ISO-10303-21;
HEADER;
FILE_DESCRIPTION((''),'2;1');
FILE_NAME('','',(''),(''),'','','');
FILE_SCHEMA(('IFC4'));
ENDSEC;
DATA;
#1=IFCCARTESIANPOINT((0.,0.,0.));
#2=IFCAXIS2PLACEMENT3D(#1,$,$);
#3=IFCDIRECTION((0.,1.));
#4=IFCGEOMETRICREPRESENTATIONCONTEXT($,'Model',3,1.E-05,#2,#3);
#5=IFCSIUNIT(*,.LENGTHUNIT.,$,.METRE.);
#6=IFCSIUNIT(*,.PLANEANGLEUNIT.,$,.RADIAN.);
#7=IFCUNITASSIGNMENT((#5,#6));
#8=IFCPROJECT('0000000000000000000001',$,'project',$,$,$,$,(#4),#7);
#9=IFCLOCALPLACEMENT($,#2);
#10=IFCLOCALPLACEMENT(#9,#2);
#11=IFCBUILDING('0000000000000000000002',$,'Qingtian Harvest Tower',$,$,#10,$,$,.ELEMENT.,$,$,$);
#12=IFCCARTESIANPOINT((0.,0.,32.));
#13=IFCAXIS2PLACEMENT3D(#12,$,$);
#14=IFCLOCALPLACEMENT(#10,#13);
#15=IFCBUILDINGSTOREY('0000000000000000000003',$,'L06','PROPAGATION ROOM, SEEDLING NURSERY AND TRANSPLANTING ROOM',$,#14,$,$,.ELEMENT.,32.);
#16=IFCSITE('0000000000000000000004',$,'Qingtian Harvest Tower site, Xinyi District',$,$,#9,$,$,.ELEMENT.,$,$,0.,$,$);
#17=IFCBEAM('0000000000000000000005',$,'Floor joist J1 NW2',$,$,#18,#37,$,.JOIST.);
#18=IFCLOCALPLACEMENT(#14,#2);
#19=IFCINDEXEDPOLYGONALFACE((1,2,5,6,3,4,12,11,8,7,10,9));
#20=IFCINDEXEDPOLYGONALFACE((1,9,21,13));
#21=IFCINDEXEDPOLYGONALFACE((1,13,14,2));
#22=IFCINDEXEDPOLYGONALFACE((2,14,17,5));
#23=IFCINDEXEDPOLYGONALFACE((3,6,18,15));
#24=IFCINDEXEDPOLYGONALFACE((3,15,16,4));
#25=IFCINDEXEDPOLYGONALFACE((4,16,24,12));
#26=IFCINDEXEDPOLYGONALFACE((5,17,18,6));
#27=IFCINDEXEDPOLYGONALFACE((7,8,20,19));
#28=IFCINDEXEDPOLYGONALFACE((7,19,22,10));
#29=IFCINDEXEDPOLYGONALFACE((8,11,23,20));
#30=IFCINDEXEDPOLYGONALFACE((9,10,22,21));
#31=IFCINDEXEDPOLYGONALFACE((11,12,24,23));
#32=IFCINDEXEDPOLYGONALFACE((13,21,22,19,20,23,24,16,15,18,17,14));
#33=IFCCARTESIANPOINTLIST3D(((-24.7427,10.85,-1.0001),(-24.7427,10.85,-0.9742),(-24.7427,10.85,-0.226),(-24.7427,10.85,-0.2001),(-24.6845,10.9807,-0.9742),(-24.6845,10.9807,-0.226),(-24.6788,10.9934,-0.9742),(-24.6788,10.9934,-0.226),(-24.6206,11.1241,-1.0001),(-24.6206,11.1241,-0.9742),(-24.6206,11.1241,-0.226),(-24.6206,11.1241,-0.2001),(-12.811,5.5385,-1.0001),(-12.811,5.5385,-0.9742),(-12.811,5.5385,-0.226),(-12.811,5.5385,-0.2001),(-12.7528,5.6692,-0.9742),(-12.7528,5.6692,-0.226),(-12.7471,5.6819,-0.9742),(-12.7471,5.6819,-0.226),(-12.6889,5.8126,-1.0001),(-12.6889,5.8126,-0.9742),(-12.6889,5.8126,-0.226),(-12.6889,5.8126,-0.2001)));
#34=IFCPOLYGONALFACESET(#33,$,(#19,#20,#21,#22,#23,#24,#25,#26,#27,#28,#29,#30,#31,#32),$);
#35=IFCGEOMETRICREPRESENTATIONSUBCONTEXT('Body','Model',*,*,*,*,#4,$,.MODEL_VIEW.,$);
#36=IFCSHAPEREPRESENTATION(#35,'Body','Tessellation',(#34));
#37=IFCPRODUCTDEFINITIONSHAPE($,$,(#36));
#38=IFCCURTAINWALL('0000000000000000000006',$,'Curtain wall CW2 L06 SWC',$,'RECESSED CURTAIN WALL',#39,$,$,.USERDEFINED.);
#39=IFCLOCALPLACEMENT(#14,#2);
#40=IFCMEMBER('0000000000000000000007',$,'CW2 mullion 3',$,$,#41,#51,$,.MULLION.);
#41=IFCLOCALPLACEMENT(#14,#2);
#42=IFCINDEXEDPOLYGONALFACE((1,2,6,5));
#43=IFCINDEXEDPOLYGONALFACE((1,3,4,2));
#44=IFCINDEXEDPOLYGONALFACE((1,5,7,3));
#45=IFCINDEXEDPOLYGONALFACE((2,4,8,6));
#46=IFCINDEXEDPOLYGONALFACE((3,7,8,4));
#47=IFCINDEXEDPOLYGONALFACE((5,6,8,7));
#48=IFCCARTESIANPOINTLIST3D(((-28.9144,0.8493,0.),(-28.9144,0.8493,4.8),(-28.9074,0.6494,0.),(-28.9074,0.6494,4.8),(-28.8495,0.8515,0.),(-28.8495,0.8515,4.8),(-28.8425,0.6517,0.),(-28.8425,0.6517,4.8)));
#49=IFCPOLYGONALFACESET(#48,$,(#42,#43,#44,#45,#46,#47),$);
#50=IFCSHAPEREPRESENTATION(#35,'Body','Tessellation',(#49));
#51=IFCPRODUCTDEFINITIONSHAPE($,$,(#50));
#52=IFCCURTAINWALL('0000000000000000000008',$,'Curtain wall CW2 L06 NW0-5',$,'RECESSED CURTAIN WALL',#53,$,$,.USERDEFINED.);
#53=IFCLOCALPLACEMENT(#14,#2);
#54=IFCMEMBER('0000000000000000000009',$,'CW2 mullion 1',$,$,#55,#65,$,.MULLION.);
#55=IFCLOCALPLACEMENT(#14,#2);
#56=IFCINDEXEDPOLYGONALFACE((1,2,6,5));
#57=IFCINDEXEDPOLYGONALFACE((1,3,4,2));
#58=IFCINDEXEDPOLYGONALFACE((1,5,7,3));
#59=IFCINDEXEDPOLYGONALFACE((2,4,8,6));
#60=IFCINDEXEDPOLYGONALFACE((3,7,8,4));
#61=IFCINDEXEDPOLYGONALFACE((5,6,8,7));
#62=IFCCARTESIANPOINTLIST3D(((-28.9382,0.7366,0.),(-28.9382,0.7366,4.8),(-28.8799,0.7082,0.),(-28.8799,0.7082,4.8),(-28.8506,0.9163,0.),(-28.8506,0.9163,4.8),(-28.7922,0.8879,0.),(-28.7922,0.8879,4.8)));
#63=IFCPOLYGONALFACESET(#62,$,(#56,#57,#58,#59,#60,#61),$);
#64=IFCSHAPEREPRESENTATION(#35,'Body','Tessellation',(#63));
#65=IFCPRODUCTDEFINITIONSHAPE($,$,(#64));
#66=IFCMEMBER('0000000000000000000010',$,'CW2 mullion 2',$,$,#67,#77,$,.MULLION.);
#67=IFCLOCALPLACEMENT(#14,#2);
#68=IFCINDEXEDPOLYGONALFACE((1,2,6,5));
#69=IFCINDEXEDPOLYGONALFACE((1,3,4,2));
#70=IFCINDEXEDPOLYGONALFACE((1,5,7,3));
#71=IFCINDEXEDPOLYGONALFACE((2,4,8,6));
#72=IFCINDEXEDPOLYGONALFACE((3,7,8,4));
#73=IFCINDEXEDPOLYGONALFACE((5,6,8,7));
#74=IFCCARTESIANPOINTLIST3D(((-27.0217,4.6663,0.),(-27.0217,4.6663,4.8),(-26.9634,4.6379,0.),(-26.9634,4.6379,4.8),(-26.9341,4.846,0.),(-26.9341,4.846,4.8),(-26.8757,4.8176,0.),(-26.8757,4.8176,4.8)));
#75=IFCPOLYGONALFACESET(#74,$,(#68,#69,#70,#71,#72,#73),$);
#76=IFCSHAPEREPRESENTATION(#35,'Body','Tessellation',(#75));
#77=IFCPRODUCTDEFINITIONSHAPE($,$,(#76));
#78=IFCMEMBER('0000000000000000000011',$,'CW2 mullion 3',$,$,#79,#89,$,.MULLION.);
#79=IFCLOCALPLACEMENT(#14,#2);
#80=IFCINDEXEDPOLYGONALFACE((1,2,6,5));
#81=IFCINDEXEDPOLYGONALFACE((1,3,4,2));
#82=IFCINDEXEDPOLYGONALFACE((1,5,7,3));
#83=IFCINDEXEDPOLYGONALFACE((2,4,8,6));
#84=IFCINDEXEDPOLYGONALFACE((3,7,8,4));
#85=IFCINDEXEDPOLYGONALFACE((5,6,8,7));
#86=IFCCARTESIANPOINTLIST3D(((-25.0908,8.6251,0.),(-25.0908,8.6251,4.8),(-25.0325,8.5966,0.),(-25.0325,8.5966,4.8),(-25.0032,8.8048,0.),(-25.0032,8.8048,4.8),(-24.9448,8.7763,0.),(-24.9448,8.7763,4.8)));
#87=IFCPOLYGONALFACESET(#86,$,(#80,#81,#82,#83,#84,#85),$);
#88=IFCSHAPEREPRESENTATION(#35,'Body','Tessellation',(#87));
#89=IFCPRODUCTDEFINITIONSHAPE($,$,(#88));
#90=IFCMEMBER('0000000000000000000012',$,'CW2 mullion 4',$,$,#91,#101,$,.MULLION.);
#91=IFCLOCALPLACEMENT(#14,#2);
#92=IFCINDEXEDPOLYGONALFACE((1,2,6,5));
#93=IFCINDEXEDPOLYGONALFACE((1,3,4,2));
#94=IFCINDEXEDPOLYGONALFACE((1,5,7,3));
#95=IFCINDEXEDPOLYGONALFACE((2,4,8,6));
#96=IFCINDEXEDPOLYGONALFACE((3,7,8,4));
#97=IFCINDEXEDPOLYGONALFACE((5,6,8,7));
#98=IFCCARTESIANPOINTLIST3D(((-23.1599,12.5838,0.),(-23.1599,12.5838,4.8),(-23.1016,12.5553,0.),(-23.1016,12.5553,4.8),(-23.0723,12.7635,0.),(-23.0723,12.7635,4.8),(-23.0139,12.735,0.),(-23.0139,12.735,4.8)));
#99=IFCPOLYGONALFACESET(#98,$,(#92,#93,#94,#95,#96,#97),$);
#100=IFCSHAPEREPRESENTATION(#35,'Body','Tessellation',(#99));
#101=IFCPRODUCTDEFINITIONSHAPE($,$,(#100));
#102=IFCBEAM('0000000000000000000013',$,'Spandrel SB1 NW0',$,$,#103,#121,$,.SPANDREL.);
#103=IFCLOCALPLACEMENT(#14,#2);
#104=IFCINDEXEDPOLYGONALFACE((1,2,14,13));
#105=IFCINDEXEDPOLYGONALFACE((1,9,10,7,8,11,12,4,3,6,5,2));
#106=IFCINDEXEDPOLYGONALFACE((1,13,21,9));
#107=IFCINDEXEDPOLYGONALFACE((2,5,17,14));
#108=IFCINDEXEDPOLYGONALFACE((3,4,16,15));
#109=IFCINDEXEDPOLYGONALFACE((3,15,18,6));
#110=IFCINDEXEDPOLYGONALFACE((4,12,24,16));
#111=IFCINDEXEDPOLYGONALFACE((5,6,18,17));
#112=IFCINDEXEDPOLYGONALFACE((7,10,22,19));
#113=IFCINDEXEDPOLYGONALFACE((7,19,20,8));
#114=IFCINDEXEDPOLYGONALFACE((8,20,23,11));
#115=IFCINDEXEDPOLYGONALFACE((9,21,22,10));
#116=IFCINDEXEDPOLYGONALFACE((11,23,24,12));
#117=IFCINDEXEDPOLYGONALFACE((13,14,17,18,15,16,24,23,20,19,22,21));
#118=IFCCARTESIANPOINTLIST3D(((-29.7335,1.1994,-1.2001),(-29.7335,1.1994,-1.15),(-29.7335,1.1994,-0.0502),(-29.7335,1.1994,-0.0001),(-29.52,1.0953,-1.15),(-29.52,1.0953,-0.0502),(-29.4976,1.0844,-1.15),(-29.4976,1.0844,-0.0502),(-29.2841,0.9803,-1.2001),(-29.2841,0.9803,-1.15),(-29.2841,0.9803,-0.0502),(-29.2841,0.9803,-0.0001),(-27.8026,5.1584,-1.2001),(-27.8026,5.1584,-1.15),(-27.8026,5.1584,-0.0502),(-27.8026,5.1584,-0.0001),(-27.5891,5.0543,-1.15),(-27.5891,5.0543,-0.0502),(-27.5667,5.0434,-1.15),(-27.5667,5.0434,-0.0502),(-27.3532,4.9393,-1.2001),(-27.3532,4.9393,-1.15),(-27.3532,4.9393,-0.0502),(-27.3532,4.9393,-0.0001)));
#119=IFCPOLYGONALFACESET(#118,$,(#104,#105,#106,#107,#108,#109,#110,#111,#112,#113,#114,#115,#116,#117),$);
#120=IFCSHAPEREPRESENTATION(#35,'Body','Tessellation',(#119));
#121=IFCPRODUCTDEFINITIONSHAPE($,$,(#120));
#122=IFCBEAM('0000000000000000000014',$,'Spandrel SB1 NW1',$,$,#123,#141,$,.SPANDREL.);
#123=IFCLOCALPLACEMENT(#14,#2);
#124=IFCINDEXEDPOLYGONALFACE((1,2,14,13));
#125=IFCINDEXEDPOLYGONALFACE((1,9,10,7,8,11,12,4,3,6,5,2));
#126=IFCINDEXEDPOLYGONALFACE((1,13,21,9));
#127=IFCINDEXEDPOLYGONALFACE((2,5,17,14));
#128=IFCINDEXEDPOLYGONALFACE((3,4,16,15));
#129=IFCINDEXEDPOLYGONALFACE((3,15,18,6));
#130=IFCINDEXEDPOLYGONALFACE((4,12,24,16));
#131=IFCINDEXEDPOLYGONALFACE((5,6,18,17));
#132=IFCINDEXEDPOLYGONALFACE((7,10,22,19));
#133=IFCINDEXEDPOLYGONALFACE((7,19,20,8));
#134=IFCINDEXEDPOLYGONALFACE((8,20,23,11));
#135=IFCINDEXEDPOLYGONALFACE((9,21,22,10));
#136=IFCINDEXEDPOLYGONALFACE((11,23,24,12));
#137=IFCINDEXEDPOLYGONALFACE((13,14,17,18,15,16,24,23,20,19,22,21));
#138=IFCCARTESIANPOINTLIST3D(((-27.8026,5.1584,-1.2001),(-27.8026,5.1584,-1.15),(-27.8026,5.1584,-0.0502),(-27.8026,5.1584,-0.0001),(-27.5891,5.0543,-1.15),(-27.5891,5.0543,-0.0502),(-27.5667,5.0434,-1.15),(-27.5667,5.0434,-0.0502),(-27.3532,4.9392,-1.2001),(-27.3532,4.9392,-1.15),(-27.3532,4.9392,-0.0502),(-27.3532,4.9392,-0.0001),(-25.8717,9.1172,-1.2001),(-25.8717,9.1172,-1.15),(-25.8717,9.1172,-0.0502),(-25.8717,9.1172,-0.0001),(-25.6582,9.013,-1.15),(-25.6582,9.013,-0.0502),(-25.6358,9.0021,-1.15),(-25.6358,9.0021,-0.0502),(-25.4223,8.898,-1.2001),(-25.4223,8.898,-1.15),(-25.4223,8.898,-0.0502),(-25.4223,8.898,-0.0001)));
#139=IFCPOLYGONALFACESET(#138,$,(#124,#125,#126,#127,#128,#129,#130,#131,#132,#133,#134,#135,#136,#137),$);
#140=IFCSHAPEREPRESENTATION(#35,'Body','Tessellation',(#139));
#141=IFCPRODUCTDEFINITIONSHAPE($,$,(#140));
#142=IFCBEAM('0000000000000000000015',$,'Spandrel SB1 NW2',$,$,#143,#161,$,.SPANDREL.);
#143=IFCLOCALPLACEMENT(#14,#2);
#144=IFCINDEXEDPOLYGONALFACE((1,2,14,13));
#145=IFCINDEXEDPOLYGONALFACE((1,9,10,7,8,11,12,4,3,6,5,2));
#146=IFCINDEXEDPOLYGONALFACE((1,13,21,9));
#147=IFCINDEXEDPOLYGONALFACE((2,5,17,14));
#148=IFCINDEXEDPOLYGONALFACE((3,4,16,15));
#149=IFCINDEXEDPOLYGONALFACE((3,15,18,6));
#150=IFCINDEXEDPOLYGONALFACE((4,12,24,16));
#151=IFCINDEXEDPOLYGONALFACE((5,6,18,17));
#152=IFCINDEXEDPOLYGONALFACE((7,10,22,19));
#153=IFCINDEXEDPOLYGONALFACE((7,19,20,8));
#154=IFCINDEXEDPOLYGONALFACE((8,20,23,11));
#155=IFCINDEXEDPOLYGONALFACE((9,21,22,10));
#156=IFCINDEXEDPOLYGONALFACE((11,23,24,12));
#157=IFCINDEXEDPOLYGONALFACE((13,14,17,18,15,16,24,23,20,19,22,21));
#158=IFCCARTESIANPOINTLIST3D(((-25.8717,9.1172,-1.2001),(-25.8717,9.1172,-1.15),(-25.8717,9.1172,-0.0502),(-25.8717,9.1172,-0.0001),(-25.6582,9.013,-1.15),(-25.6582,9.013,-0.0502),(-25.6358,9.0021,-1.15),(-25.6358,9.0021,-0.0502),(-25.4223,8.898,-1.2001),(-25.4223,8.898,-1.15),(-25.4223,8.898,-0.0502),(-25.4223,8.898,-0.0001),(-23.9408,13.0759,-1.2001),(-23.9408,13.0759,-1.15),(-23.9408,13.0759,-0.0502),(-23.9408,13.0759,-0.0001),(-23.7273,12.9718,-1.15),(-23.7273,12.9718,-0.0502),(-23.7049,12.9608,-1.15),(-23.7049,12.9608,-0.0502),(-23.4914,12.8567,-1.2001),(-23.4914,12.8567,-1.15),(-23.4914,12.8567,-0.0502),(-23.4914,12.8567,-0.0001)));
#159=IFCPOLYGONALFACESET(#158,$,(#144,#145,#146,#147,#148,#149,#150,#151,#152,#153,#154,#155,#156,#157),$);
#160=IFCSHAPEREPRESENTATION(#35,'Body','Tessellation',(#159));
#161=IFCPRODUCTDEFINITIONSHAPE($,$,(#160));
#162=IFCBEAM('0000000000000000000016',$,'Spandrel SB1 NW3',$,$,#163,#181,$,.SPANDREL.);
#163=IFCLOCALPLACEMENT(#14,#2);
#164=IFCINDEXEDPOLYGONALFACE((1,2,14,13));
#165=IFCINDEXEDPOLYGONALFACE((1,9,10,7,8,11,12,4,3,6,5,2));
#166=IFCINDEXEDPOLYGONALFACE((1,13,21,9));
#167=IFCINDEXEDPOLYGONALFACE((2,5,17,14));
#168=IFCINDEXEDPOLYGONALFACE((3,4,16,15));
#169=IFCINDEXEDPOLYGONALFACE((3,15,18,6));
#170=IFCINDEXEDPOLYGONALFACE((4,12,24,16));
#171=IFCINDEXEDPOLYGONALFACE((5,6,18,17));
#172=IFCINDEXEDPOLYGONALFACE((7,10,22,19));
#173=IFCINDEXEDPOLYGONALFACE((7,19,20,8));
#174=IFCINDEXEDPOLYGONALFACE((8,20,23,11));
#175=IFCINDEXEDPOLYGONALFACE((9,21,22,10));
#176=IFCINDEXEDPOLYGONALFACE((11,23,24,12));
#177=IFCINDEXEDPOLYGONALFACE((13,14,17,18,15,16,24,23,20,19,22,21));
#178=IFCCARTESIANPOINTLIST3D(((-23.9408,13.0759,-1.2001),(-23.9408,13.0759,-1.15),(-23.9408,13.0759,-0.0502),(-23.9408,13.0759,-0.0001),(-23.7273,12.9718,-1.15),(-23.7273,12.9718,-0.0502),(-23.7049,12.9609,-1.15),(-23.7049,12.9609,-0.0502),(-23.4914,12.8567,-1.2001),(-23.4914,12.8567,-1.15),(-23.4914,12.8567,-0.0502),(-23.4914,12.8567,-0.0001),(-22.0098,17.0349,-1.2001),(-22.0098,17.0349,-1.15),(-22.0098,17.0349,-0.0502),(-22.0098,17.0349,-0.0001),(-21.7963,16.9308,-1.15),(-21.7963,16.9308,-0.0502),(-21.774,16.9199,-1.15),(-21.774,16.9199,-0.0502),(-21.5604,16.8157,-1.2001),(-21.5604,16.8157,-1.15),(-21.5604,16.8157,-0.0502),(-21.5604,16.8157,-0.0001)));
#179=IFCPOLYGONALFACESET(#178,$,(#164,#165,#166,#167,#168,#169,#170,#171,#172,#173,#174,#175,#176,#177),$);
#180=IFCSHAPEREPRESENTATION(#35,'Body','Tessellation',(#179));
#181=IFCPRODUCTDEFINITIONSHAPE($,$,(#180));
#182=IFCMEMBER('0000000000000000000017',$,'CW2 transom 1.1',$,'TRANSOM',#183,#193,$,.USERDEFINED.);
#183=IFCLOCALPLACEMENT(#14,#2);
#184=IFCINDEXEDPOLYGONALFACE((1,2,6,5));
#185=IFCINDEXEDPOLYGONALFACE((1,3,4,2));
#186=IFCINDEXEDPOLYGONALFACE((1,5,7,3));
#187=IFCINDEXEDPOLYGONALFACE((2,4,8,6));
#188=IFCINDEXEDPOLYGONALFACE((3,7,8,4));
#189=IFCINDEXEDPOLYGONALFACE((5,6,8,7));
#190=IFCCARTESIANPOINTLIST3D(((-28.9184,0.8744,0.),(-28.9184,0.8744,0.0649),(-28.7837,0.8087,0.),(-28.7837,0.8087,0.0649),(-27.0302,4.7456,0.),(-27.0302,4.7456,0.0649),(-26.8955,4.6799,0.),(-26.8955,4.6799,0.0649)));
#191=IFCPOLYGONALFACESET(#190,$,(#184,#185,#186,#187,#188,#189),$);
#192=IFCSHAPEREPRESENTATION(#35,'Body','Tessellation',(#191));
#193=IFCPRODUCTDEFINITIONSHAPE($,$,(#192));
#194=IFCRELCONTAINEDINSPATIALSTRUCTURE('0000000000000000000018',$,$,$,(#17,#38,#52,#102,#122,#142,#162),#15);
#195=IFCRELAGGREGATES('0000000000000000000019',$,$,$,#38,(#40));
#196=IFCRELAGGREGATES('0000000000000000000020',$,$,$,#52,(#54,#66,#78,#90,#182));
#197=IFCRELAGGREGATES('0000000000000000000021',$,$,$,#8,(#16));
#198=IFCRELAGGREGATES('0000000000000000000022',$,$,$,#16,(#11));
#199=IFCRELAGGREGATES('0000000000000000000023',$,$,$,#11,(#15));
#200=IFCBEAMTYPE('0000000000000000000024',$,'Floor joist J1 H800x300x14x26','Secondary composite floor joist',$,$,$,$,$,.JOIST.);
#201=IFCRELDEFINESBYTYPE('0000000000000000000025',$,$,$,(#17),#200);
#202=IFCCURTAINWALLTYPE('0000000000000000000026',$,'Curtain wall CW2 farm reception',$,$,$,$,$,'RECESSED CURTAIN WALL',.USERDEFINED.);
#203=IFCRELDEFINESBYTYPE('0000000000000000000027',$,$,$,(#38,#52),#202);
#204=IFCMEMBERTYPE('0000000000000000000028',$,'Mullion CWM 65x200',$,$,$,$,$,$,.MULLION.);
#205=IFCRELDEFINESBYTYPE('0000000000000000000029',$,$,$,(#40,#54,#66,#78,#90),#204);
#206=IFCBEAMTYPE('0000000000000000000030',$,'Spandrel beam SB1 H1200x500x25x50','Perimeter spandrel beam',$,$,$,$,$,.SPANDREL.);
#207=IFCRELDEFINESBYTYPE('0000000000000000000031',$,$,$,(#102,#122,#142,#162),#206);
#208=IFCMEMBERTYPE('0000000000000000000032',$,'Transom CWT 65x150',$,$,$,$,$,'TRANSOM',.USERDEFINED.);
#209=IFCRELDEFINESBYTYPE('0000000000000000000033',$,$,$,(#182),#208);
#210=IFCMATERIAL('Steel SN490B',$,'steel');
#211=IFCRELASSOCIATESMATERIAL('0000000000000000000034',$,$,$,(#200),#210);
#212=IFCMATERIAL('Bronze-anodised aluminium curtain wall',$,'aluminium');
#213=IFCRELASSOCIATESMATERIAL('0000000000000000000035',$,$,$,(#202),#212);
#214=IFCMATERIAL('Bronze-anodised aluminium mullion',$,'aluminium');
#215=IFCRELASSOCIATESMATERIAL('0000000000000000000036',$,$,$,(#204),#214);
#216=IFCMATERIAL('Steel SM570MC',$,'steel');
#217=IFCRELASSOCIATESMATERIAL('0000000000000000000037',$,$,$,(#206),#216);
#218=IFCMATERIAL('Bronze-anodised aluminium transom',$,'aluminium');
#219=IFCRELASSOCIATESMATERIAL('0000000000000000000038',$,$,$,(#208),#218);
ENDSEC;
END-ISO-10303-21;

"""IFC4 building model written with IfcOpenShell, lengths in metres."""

from ifc_helpers import new_model, si_unit, direction, frame, origin, origin_2d, place, context, subcontext, project, spatial, rectangle, i_section, extrude, material, material_profile, profile_set, type_object, element, aggregate, save


model = new_model("IFC4")

# Units and contexts
model_context = context("Model", 3, precision=1e-05, world=origin(), true_north=direction((0.0, 1.0)))
body_context = subcontext(model_context, "Body", "Model", "MODEL_VIEW")
ifc_project = project(units=[si_unit("LENGTHUNIT", "METRE"), si_unit("PLANEANGLEUNIT", "RADIAN")], contexts=[model_context])

# Site, building, storey
site_placement = place(None, origin())
site = spatial("IfcSite", under=ifc_project, at=site_placement, Name="Qingtian Harvest Tower site, Xinyi District", CompositionType="ELEMENT", RefElevation=0.0)
building_placement = place(site_placement, origin())
building = spatial("IfcBuilding", under=site, at=building_placement, Name="Qingtian Harvest Tower", CompositionType="ELEMENT")
storey_placement = place(building_placement, frame((0.0, 0.0, 32.0)))
storey = spatial("IfcBuildingStorey", under=building, at=storey_placement, Name="L06", Description="PROPAGATION ROOM, SEEDLING NURSERY AND TRANSPLANTING ROOM", CompositionType="ELEMENT", Elevation=32.0)

# Beam
ifc_material_1 = material(Name="Steel SN490B", Category="steel")
ifc_material_profile_1 = material_profile(ifc_material_1, i_section(OverallWidth=0.3, OverallDepth=0.8, WebThickness=0.0139, FlangeThickness=0.0259, at=origin_2d()), Name="H800x300x14x26")
ifc_profile_set_1 = profile_set([ifc_material_profile_1], Name="Steel SN490B")
beam_type_1 = type_object("IfcBeamType", Name="Floor joist J1 H800x300x14x26", Description="Secondary composite floor joist", PredefinedType="JOIST", material=ifc_profile_set_1)
beam_1_placement = place(storey_placement, frame((-24.6816, 10.9871, -0.6001), z_axis=(0.913568, -0.406686, 0.0), x_axis=(0.406686, 0.913568, 0.0)))
element("IfcBeam", 1, at=beam_1_placement, inside=storey, type_object=beam_type_1, Name="Floor joist J1 NW2", PredefinedType="JOIST", context=body_context, shape_type="SweptSolid", body=[
    extrude(i_section(OverallWidth=0.3, OverallDepth=0.8, WebThickness=0.0139, FlangeThickness=0.0259, at=origin_2d()), origin(), (0.0, 0.0, 1.0), 13.0605),
])

# Curtain wall, member
ifc_material_2 = material(Name="Bronze-anodised aluminium curtain wall", Category="aluminium")
curtain_wall_type = type_object("IfcCurtainWallType", Name="Curtain wall CW2 farm reception", ElementType="RECESSED CURTAIN WALL", PredefinedType="USERDEFINED", material=ifc_material_2)
curtain_wall_1_placement = place(storey_placement, origin())
curtain_wall_1 = element("IfcCurtainWall", 2, at=curtain_wall_1_placement, inside=storey, type_object=curtain_wall_type, Name="Curtain wall CW2 L06 SWC", ObjectType="RECESSED CURTAIN WALL", PredefinedType="USERDEFINED")
ifc_material_3 = material(Name="Bronze-anodised aluminium mullion", Category="aluminium")
ifc_material_profile_2 = material_profile(ifc_material_3, rectangle(XDim=0.0649, YDim=0.2, at=origin_2d()), Name="AL 65x200")
ifc_profile_set_2 = profile_set([ifc_material_profile_2], Name="Bronze-anodised aluminium mullion")
member_type_1 = type_object("IfcMemberType", Name="Mullion CWM 65x200", PredefinedType="MULLION", material=ifc_profile_set_2)
member_1_placement = place(storey_placement, frame((-28.8784, 0.7505, 0.0), z_axis=(0.0, 0.0, 1.0), x_axis=(-0.999391, -0.034899, 0.0)))
member_1 = element("IfcMember", 3, at=member_1_placement, type_object=member_type_1, Name="CW2 mullion 3", PredefinedType="MULLION", context=body_context, shape_type="SweptSolid", body=[
    extrude(rectangle(XDim=0.0649, YDim=0.2, at=origin_2d()), origin(), (0.0, 0.0, 1.0), 4.8),
])
aggregate(curtain_wall_1, [member_1])

# Curtain wall, members
curtain_wall_2_placement = place(storey_placement, origin())
curtain_wall_2 = element("IfcCurtainWall", 4, at=curtain_wall_2_placement, inside=storey, type_object=curtain_wall_type, Name="Curtain wall CW2 L06 NW0-5", ObjectType="RECESSED CURTAIN WALL", PredefinedType="USERDEFINED")
member_2_placement = place(storey_placement, frame((-28.8652, 0.8123, 0.0), z_axis=(0.0, 0.0, 1.0), x_axis=(-0.898794, 0.438371, 0.0)))
member_2 = element("IfcMember", 5, at=member_2_placement, type_object=member_type_1, Name="CW2 mullion 1", PredefinedType="MULLION", context=body_context, shape_type="SweptSolid", body=[
    extrude(rectangle(XDim=0.0649, YDim=0.2, at=origin_2d()), origin(), (0.0, 0.0, 1.0), 4.8),
])
member_3_placement = place(storey_placement, frame((-26.9487, 4.7419, 0.0), z_axis=(0.0, 0.0, 1.0), x_axis=(-0.898794, 0.438371, 0.0)))
member_3 = element("IfcMember", 6, at=member_3_placement, type_object=member_type_1, Name="CW2 mullion 2", PredefinedType="MULLION", context=body_context, shape_type="SweptSolid", body=[
    extrude(rectangle(XDim=0.0649, YDim=0.2, at=origin_2d()), origin(), (0.0, 0.0, 1.0), 4.8),
])
member_4_placement = place(storey_placement, frame((-25.0178, 8.7007, 0.0), z_axis=(0.0, 0.0, 1.0), x_axis=(-0.898794, 0.438371, 0.0)))
member_4 = element("IfcMember", 7, at=member_4_placement, type_object=member_type_1, Name="CW2 mullion 3", PredefinedType="MULLION", context=body_context, shape_type="SweptSolid", body=[
    extrude(rectangle(XDim=0.0649, YDim=0.2, at=origin_2d()), origin(), (0.0, 0.0, 1.0), 4.8),
])
member_5_placement = place(storey_placement, frame((-23.0869, 12.6594, 0.0), z_axis=(0.0, 0.0, 1.0), x_axis=(-0.898794, 0.438371, 0.0)))
member_5 = element("IfcMember", 8, at=member_5_placement, type_object=member_type_1, Name="CW2 mullion 4", PredefinedType="MULLION", context=body_context, shape_type="SweptSolid", body=[
    extrude(rectangle(XDim=0.0649, YDim=0.2, at=origin_2d()), origin(), (0.0, 0.0, 1.0), 4.8),
])

# Beams
ifc_material_4 = material(Name="Steel SM570MC", Category="steel")
ifc_material_profile_3 = material_profile(ifc_material_4, i_section(OverallWidth=0.5, OverallDepth=1.2, WebThickness=0.0249, FlangeThickness=0.05, at=origin_2d()), Name="H1200x500x25x50")
ifc_profile_set_3 = profile_set([ifc_material_profile_3], Name="Steel SM570MC")
beam_type_2 = type_object("IfcBeamType", Name="Spandrel beam SB1 H1200x500x25x50", Description="Perimeter spandrel beam", PredefinedType="SPANDREL", material=ifc_profile_set_3)
beam_2_placement = place(storey_placement, frame((-29.5088, 1.0898, -0.6001), z_axis=(0.438368, 0.898796, 0.0), x_axis=(-0.898796, 0.438368, 0.0)))
element("IfcBeam", 9, at=beam_2_placement, inside=storey, type_object=beam_type_2, Name="Spandrel SB1 NW0", PredefinedType="SPANDREL", context=body_context, shape_type="SweptSolid", body=[
    extrude(i_section(OverallWidth=0.5, OverallDepth=1.2, WebThickness=0.0249, FlangeThickness=0.05, at=origin_2d()), origin(), (0.0, 0.0, 1.0), 4.4048),
])
for number, where, z_axis, x_axis, name in (
    (10, (-27.5779, 5.0488, -0.6001), (0.43839, 0.898785, 0.0), (-0.898785, 0.43839, 0.0), "Spandrel SB1 NW1"),
    (11, (-25.647, 9.0076, -0.6001), (0.43839, 0.898785, 0.0), (-0.898785, 0.43839, 0.0), "Spandrel SB1 NW2"),
):
    element("IfcBeam", number, at=place(storey_placement, frame(where, z_axis=z_axis, x_axis=x_axis)), inside=storey, type_object=beam_type_2, Name=name, PredefinedType="SPANDREL", context=body_context, shape_type="SweptSolid", body=[
        extrude(i_section(OverallWidth=0.5, OverallDepth=1.2, WebThickness=0.0249, FlangeThickness=0.05, at=origin_2d()), origin(), (0.0, 0.0, 1.0), 4.4045),
    ])
beam_3_placement = place(storey_placement, frame((-23.7161, 12.9663, -0.6001), z_axis=(0.438368, 0.898796, 0.0), x_axis=(-0.898796, 0.438368, 0.0)))
element("IfcBeam", 12, at=beam_3_placement, inside=storey, type_object=beam_type_2, Name="Spandrel SB1 NW3", PredefinedType="SPANDREL", context=body_context, shape_type="SweptSolid", body=[
    extrude(i_section(OverallWidth=0.5, OverallDepth=1.2, WebThickness=0.0249, FlangeThickness=0.05, at=origin_2d()), origin(), (0.0, 0.0, 1.0), 4.4048),
])

# Member
ifc_material_5 = material(Name="Bronze-anodised aluminium transom", Category="aluminium")
ifc_material_profile_4 = material_profile(ifc_material_5, rectangle(XDim=0.1499, YDim=0.0649, at=origin_2d()), Name="AL 65x150")
ifc_profile_set_4 = profile_set([ifc_material_profile_4], Name="Bronze-anodised aluminium transom")
member_type_2 = type_object("IfcMemberType", Name="Transom CWT 65x150", ElementType="TRANSOM", PredefinedType="USERDEFINED", material=ifc_profile_set_4)
member_6_placement = place(storey_placement, frame((-28.8511, 0.8416, 0.0325), z_axis=(0.438395, 0.898783, 0.0), x_axis=(-0.898783, 0.438395, 0.0)))
member_6 = element("IfcMember", 13, at=member_6_placement, type_object=member_type_2, Name="CW2 transom 1.1", ObjectType="TRANSOM", PredefinedType="USERDEFINED", context=body_context, shape_type="SweptSolid", body=[
    extrude(rectangle(XDim=0.1499, YDim=0.0649, at=origin_2d()), origin(), (0.0, 0.0, 1.0), 4.3071),
])

aggregate(curtain_wall_2, [member_2, member_3, member_4, member_5, member_6])

save(model, "model.ifc")
